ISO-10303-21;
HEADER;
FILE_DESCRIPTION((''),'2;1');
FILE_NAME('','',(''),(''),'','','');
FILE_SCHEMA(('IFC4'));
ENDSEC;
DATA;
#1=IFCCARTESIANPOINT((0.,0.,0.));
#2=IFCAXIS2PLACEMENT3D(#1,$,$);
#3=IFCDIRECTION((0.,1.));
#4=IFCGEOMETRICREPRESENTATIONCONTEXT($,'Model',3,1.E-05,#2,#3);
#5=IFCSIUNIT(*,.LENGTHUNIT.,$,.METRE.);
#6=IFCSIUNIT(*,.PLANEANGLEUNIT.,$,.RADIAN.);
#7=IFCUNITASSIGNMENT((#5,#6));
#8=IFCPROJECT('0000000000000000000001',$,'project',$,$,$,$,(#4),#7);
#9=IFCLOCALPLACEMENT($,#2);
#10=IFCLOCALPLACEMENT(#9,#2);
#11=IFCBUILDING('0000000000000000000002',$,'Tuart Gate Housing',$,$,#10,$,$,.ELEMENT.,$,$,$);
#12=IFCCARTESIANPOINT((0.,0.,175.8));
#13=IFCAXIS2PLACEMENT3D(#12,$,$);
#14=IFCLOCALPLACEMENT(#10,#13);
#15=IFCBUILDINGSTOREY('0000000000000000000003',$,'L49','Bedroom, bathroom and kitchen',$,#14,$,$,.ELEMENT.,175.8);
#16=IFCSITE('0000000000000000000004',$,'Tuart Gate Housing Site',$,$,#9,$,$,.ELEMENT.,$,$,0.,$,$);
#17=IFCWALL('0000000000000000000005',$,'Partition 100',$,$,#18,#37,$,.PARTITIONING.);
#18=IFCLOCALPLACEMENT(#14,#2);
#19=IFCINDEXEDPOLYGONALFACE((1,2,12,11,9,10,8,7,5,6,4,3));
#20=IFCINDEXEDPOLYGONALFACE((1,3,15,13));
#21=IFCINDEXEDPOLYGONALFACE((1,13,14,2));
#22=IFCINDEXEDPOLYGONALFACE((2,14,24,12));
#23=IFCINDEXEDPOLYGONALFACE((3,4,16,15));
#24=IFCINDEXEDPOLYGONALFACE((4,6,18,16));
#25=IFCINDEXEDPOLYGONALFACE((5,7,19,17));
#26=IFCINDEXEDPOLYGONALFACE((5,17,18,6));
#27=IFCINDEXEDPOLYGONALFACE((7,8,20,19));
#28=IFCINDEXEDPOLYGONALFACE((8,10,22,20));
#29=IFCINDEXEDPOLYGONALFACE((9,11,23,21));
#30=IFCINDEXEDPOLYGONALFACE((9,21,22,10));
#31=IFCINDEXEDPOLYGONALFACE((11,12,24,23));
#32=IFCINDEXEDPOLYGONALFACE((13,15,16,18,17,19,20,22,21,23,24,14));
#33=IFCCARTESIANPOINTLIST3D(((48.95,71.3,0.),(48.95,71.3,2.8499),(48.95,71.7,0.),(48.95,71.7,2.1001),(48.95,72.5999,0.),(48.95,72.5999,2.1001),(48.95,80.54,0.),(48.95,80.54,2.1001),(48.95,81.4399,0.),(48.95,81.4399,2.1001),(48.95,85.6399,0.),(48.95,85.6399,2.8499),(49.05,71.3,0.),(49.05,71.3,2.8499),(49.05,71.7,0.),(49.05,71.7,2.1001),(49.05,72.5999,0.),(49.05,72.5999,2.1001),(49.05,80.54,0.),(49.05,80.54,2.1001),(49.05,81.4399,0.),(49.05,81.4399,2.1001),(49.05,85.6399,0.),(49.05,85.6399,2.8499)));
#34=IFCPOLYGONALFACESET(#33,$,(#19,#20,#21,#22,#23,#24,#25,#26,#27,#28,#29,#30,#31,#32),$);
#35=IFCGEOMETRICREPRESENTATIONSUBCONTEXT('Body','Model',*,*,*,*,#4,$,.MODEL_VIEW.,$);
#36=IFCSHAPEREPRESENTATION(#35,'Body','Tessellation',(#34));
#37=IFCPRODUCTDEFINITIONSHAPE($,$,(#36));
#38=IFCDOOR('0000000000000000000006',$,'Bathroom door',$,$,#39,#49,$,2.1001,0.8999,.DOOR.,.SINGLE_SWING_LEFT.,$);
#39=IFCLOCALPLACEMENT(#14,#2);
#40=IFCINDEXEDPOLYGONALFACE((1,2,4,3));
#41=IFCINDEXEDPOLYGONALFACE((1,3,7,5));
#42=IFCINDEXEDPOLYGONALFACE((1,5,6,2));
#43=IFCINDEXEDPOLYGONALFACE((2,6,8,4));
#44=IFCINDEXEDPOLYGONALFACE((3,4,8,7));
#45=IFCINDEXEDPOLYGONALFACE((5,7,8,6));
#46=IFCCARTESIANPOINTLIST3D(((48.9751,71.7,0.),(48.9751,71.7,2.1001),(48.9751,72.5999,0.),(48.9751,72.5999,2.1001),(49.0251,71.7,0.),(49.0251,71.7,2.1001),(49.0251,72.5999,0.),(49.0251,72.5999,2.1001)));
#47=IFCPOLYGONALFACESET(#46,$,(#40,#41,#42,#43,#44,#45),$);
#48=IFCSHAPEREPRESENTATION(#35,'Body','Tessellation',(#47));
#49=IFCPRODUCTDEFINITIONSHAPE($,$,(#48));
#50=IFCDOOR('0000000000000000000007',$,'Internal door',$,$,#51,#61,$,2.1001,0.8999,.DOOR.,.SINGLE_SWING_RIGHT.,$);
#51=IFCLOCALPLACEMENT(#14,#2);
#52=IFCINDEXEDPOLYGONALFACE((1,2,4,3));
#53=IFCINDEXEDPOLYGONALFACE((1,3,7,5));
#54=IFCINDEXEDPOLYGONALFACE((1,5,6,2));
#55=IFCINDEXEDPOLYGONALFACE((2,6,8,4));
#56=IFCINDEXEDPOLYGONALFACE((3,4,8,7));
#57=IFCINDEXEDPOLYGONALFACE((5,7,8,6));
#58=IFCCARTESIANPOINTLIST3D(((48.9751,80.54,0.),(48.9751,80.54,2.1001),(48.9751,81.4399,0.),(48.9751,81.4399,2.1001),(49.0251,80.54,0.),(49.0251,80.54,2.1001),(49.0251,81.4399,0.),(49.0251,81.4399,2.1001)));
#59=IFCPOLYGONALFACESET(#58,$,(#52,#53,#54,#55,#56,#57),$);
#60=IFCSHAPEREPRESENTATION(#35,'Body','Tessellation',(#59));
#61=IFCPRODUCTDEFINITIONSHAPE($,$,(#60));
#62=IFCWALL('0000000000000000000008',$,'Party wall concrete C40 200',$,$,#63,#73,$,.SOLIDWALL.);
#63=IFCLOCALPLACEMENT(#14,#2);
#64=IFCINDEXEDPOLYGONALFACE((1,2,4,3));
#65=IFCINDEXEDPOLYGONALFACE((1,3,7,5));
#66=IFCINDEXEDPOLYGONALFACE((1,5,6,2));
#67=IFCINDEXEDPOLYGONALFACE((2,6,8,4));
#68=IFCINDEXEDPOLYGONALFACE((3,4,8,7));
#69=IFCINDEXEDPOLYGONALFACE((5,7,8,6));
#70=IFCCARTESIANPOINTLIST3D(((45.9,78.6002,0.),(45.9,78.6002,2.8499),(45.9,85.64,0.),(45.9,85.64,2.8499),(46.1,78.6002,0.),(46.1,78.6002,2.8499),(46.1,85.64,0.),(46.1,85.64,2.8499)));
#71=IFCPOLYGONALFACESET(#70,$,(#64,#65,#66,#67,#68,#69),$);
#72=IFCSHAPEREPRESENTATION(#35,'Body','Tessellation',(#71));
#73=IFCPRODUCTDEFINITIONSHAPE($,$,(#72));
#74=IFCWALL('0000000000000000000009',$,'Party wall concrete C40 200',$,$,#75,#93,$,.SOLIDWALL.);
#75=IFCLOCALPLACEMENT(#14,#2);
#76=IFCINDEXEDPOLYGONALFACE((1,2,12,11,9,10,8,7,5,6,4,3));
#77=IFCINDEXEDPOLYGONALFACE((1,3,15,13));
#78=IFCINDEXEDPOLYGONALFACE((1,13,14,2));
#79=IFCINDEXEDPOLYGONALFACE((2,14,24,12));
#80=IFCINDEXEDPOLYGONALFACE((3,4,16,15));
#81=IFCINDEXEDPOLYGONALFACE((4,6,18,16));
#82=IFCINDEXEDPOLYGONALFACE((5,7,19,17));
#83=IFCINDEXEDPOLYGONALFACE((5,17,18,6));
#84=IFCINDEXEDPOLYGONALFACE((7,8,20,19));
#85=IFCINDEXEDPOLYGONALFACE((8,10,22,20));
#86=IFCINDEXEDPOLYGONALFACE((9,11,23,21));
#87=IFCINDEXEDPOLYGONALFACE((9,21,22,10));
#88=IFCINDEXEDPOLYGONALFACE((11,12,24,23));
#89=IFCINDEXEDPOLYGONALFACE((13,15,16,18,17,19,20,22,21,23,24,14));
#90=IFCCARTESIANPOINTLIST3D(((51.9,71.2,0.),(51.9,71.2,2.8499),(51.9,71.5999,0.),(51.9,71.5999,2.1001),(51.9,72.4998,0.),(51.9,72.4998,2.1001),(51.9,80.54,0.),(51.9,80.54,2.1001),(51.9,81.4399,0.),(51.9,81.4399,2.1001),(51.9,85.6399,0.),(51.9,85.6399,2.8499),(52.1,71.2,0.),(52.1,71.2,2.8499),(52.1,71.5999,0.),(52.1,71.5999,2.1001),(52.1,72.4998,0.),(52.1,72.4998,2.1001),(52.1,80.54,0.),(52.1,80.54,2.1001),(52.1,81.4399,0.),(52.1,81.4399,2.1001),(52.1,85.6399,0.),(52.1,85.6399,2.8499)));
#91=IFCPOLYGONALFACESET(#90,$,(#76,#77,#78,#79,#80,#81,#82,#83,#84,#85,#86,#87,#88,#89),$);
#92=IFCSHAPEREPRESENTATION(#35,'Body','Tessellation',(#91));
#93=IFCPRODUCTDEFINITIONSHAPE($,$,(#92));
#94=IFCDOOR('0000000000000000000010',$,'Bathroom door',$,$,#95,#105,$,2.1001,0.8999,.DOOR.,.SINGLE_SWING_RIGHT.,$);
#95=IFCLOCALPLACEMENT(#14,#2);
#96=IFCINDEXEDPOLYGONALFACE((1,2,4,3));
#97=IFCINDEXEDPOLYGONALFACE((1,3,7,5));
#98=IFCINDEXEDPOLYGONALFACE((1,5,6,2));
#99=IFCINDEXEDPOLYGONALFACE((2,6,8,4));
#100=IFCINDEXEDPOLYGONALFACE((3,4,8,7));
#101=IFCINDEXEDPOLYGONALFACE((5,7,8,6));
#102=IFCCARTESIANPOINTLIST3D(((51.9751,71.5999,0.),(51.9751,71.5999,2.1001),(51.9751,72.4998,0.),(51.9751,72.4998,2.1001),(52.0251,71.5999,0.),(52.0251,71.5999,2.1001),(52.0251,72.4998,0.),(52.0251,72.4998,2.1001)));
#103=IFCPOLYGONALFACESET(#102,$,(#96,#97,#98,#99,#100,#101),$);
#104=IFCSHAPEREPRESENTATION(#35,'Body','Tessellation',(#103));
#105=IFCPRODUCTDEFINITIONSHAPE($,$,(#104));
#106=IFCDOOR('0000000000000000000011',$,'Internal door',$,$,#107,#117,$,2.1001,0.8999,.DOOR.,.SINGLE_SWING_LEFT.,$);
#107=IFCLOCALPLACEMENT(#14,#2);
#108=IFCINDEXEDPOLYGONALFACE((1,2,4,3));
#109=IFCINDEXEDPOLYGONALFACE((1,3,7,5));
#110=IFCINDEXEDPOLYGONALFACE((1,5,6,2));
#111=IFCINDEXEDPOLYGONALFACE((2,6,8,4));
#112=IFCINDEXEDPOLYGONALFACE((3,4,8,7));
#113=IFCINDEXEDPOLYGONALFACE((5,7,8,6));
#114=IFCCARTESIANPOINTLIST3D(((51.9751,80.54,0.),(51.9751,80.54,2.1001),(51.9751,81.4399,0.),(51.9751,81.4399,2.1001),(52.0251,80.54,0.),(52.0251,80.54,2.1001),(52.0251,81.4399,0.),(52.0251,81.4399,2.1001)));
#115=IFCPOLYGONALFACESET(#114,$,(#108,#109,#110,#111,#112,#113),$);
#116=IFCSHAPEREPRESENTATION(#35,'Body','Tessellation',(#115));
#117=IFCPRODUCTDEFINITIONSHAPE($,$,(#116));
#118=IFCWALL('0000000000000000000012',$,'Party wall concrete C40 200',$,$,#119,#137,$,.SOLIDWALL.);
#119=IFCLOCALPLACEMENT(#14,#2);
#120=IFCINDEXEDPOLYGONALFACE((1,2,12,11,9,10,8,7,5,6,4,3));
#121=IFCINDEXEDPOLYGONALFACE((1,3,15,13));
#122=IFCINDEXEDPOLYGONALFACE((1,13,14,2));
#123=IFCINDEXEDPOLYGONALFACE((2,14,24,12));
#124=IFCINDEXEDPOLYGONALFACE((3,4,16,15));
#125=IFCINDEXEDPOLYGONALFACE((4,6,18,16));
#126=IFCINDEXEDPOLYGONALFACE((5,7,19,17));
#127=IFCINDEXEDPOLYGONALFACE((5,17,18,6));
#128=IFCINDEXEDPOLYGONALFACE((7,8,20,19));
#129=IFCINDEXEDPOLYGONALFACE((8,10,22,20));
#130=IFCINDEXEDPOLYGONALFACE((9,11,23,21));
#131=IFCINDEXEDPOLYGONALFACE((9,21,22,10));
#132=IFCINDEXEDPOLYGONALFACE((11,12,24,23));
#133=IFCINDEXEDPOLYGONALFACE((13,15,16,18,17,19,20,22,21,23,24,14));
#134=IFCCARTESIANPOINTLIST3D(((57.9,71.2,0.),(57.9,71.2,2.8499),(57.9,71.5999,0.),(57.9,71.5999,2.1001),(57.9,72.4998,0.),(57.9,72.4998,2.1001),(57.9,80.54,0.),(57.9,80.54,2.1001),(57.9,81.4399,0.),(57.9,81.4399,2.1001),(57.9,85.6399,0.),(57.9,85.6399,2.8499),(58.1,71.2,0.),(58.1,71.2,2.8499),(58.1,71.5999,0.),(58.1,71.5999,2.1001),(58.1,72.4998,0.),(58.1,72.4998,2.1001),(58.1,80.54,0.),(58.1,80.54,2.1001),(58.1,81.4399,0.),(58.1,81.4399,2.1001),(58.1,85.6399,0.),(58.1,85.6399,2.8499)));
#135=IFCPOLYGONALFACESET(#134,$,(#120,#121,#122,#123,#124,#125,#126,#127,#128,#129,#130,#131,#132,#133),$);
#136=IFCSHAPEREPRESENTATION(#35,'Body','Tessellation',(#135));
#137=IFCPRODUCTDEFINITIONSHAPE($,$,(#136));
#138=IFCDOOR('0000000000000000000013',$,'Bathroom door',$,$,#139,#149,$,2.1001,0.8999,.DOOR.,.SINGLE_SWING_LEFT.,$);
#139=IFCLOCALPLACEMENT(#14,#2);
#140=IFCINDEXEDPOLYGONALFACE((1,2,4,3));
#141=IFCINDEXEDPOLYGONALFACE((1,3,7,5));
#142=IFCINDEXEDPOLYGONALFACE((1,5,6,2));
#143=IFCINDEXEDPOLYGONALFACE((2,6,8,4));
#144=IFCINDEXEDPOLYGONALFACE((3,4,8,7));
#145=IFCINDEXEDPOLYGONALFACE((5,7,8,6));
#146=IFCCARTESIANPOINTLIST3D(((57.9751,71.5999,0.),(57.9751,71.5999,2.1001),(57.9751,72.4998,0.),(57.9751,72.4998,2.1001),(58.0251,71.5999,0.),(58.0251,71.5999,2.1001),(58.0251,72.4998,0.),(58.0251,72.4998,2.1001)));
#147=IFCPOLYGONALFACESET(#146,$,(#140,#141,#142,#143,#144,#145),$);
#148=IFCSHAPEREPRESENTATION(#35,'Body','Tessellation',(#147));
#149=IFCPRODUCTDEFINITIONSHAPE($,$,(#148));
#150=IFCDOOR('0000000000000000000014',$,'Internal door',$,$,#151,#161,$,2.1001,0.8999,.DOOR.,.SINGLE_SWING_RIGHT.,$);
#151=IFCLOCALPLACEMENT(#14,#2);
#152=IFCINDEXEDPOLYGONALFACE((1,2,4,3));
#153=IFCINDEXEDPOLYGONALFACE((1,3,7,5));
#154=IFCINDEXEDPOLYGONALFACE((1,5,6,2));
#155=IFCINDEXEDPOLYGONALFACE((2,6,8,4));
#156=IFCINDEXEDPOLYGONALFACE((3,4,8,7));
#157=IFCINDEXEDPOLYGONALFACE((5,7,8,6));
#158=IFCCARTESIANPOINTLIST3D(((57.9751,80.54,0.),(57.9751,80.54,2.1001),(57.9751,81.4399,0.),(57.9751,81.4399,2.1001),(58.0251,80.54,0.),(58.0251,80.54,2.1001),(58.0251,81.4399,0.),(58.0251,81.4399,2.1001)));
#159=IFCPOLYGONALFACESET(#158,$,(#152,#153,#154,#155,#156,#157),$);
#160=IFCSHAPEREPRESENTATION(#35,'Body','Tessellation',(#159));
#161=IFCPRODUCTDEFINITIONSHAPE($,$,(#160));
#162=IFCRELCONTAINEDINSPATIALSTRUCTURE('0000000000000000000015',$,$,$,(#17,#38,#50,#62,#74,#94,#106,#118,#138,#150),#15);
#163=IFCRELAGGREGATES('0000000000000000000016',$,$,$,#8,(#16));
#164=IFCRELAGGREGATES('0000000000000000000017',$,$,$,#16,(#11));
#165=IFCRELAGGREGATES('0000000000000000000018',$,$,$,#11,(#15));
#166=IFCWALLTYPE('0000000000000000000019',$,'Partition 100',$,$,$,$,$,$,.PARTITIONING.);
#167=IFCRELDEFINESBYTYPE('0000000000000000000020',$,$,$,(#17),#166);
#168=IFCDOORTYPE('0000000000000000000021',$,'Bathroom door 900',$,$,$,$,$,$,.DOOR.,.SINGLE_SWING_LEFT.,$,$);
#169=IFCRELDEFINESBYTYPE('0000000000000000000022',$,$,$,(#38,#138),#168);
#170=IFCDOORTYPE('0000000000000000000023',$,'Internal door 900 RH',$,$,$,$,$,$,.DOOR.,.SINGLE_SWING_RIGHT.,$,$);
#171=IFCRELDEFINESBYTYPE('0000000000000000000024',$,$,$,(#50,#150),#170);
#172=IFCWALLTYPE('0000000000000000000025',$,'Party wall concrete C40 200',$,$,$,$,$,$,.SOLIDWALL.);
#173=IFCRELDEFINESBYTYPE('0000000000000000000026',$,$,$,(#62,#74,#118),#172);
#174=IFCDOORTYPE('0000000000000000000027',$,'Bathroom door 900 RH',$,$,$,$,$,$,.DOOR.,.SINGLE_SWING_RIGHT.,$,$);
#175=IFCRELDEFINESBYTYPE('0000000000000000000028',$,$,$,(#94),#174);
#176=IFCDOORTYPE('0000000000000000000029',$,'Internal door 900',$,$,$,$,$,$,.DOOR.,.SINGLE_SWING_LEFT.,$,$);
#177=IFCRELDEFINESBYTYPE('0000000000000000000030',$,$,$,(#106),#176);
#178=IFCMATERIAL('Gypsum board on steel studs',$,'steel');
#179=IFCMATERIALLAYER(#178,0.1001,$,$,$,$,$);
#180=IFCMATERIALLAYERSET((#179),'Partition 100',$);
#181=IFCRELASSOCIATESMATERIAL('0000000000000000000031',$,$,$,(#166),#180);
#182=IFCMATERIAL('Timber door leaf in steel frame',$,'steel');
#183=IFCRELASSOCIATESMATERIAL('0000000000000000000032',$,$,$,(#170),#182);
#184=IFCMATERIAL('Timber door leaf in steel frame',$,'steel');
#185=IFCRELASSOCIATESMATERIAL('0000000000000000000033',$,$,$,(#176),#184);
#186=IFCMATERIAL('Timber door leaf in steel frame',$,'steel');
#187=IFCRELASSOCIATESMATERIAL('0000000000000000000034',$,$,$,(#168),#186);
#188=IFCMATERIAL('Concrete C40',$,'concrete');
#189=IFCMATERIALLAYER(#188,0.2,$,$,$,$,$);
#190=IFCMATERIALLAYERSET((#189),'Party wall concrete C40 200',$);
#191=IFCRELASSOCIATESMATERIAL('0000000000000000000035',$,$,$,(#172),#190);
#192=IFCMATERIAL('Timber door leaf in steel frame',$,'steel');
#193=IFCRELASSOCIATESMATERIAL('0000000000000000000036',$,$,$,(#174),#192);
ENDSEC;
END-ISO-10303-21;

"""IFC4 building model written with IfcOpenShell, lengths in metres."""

from ifc_helpers import new_model, si_unit, direction, frame, frame_2d, origin, place, context, subcontext, project, spatial, rectangle, extrude, material, layer, layer_set, type_object, element, fill, save


model = new_model("IFC4")

# Units and contexts
model_context = context("Model", 3, precision=1e-05, world=origin(), true_north=direction((0.0, 1.0)))
body_context = subcontext(model_context, "Body", "Model", "MODEL_VIEW")
ifc_project = project(units=[si_unit("LENGTHUNIT", "METRE"), si_unit("PLANEANGLEUNIT", "RADIAN")], contexts=[model_context])

# Site, building, storey
site_placement = place(None, origin())
site = spatial("IfcSite", under=ifc_project, at=site_placement, Name="Tuart Gate Housing Site", CompositionType="ELEMENT", RefElevation=0.0)
building_placement = place(site_placement, origin())
building = spatial("IfcBuilding", under=site, at=building_placement, Name="Tuart Gate Housing", CompositionType="ELEMENT")
storey_placement = place(building_placement, frame((0.0, 0.0, 175.8)))
storey = spatial("IfcBuildingStorey", under=building, at=storey_placement, Name="L49", Description="Bedroom, bathroom and kitchen", CompositionType="ELEMENT", Elevation=175.8)

# Shared definitions
ifc_material_1 = material(Name="Gypsum board on steel studs", Category="steel")
ifc_layer_1 = layer(ifc_material_1, 0.1001)
ifc_layer_set_1 = layer_set([ifc_layer_1], Name="Partition 100")
wall_type_1 = type_object("IfcWallType", Name="Partition 100", PredefinedType="PARTITIONING", material=ifc_layer_set_1)

# Shared definitions
ifc_material_2 = material(Name="Timber door leaf in steel frame", Category="steel")
door_type_1 = type_object("IfcDoorType", Name="Internal door 900 RH", OperationType="SINGLE_SWING_RIGHT", PredefinedType="DOOR", material=ifc_material_2)
ifc_material_3 = material(Name="Timber door leaf in steel frame", Category="steel")
door_type_2 = type_object("IfcDoorType", Name="Internal door 900", OperationType="SINGLE_SWING_LEFT", PredefinedType="DOOR", material=ifc_material_3)

# Wall, openings, doors
wall_1_placement = place(storey_placement, frame((49.0, 71.3, 0.0), z_axis=(0.0, 0.0, 1.0), x_axis=(0.0, 1.0, 0.0)))
wall_1 = element("IfcWall", 1, at=wall_1_placement, inside=storey, type_object=wall_type_1, Name="Partition 100", PredefinedType="PARTITIONING", context=body_context, shape_type="SweptSolid", body=[
    extrude(rectangle(XDim=14.3398, YDim=0.1001, at=frame_2d((7.1699, 0.0))), origin(), (0.0, 0.0, 1.0), 2.8499),
])
opening_1_placement = place(wall_1_placement, frame((9.24, 0.0, 0.0)))
opening_1 = element("IfcOpeningElement", 2, at=opening_1_placement, cuts=wall_1, PredefinedType="OPENING", context=body_context, shape_type="SweptSolid", body=[
    extrude(rectangle(XDim=0.8999, YDim=2.1001, at=frame_2d((0.45, 1.05))), frame((0.0, 0.0601, 0.0), z_axis=(0.0, -1.0, 0.0), x_axis=(1.0, 0.0, 0.0)), (0.0, 0.0, 1.0), 0.1201),
])
opening_2_placement = place(wall_1_placement, frame((0.3999, 0.0, 0.0)))
opening_2 = element("IfcOpeningElement", 3, at=opening_2_placement, cuts=wall_1, PredefinedType="OPENING", context=body_context, shape_type="SweptSolid", body=[
    extrude(rectangle(XDim=0.8999, YDim=2.1001, at=frame_2d((0.45, 1.05))), frame((0.0, 0.0601, 0.0), z_axis=(0.0, -1.0, 0.0), x_axis=(1.0, 0.0, 0.0)), (0.0, 0.0, 1.0), 0.1201),
])
ifc_material_4 = material(Name="Timber door leaf in steel frame", Category="steel")
door_type_3 = type_object("IfcDoorType", Name="Bathroom door 900", OperationType="SINGLE_SWING_LEFT", PredefinedType="DOOR", material=ifc_material_4)
door_1_placement = place(opening_2_placement, origin())
door_1 = element("IfcDoor", 4, at=door_1_placement, inside=storey, type_object=door_type_3, Name="Bathroom door", OperationType="SINGLE_SWING_LEFT", OverallHeight=2.1001, OverallWidth=0.8999, PredefinedType="DOOR", context=body_context, shape_type="SweptSolid", body=[
    extrude(rectangle(XDim=0.8999, YDim=2.1001, at=frame_2d((0.45, 1.05))), frame((0.0, 0.0249, 0.0), z_axis=(0.0, -1.0, 0.0), x_axis=(1.0, 0.0, 0.0)), (0.0, 0.0, 1.0), 0.05),
])
fill(opening_2, door_1)
door_2_placement = place(opening_1_placement, origin())
door_2 = element("IfcDoor", 5, at=door_2_placement, inside=storey, type_object=door_type_1, Name="Internal door", OperationType="SINGLE_SWING_RIGHT", OverallHeight=2.1001, OverallWidth=0.8999, PredefinedType="DOOR", context=body_context, shape_type="SweptSolid", body=[
    extrude(rectangle(XDim=0.8999, YDim=2.1001, at=frame_2d((0.45, 1.05))), frame((0.0, 0.0249, 0.0), z_axis=(0.0, -1.0, 0.0), x_axis=(1.0, 0.0, 0.0)), (0.0, 0.0, 1.0), 0.05),
])
fill(opening_1, door_2)

# Wall
ifc_material_5 = material(Name="Concrete C40", Category="concrete")
ifc_layer_2 = layer(ifc_material_5, 0.2)
ifc_layer_set_2 = layer_set([ifc_layer_2], Name="Party wall concrete C40 200")
wall_type_2 = type_object("IfcWallType", Name="Party wall concrete C40 200", PredefinedType="SOLIDWALL", material=ifc_layer_set_2)
wall_2_placement = place(storey_placement, frame((46.0, 78.6001, 0.0), z_axis=(0.0, 0.0, 1.0), x_axis=(0.0, 1.0, 0.0)))
element("IfcWall", 6, at=wall_2_placement, inside=storey, type_object=wall_type_2, Name="Party wall concrete C40 200", PredefinedType="SOLIDWALL", context=body_context, shape_type="SweptSolid", body=[
    extrude(rectangle(XDim=7.0398, YDim=0.2, at=frame_2d((3.52, 0.0))), origin(), (0.0, 0.0, 1.0), 2.8499),
])

# Walls, openings, doors
wall_3_placement = place(storey_placement, frame((52.0, 71.2, 0.0), z_axis=(0.0, 0.0, 1.0), x_axis=(0.0, 1.0, 0.0)))
wall_3 = element("IfcWall", 7, at=wall_3_placement, inside=storey, type_object=wall_type_2, Name="Party wall concrete C40 200", PredefinedType="SOLIDWALL", context=body_context, shape_type="SweptSolid", body=[
    extrude(rectangle(XDim=14.4399, YDim=0.2, at=frame_2d((7.22, 0.0))), origin(), (0.0, 0.0, 1.0), 2.8499),
])
opening_3_placement = place(wall_3_placement, frame((9.3401, 0.0, 0.0)))
opening_3 = element("IfcOpeningElement", 8, at=opening_3_placement, cuts=wall_3, PredefinedType="OPENING", context=body_context, shape_type="SweptSolid", body=[
    extrude(rectangle(XDim=0.8999, YDim=2.1001, at=frame_2d((0.45, 1.05))), frame((0.0, 0.1099, 0.0), z_axis=(0.0, -1.0, 0.0), x_axis=(1.0, 0.0, 0.0)), (0.0, 0.0, 1.0), 0.22),
])
opening_4_placement = place(wall_3_placement, frame((0.3999, 0.0, 0.0)))
opening_4 = element("IfcOpeningElement", 9, at=opening_4_placement, cuts=wall_3, PredefinedType="OPENING", context=body_context, shape_type="SweptSolid", body=[
    extrude(rectangle(XDim=0.8999, YDim=2.1001, at=frame_2d((0.45, 1.05))), frame((0.0, 0.1099, 0.0), z_axis=(0.0, -1.0, 0.0), x_axis=(1.0, 0.0, 0.0)), (0.0, 0.0, 1.0), 0.22),
])
ifc_material_6 = material(Name="Timber door leaf in steel frame", Category="steel")
door_type_4 = type_object("IfcDoorType", Name="Bathroom door 900 RH", OperationType="SINGLE_SWING_RIGHT", PredefinedType="DOOR", material=ifc_material_6)
door_3_placement = place(opening_4_placement, frame((0.8999, 0.0, 0.0), z_axis=(0.0, 0.0, 1.0), x_axis=(-1.0, 0.0, 0.0)))
door_3 = element("IfcDoor", 10, at=door_3_placement, inside=storey, type_object=door_type_4, Name="Bathroom door", OperationType="SINGLE_SWING_RIGHT", OverallHeight=2.1001, OverallWidth=0.8999, PredefinedType="DOOR", context=body_context, shape_type="SweptSolid", body=[
    extrude(rectangle(XDim=0.8999, YDim=2.1001, at=frame_2d((0.45, 1.05))), frame((0.0, 0.0251, 0.0), z_axis=(0.0, -1.0, 0.0), x_axis=(1.0, 0.0, 0.0)), (0.0, 0.0, 1.0), 0.05),
])
fill(opening_4, door_3)
door_4_placement = place(opening_3_placement, frame((0.8999, 0.0, 0.0), z_axis=(0.0, 0.0, 1.0), x_axis=(-1.0, 0.0, 0.0)))
door_4 = element("IfcDoor", 11, at=door_4_placement, inside=storey, type_object=door_type_2, Name="Internal door", OperationType="SINGLE_SWING_LEFT", OverallHeight=2.1001, OverallWidth=0.8999, PredefinedType="DOOR", context=body_context, shape_type="SweptSolid", body=[
    extrude(rectangle(XDim=0.8999, YDim=2.1001, at=frame_2d((0.45, 1.05))), frame((0.0, 0.0251, 0.0), z_axis=(0.0, -1.0, 0.0), x_axis=(1.0, 0.0, 0.0)), (0.0, 0.0, 1.0), 0.05),
])
fill(opening_3, door_4)
wall_4_placement = place(storey_placement, frame((58.0, 71.2, 0.0), z_axis=(0.0, 0.0, 1.0), x_axis=(0.0, 1.0, 0.0)))
wall_4 = element("IfcWall", 12, at=wall_4_placement, inside=storey, type_object=wall_type_2, Name="Party wall concrete C40 200", PredefinedType="SOLIDWALL", context=body_context, shape_type="SweptSolid", body=[
    extrude(rectangle(XDim=14.4399, YDim=0.2, at=frame_2d((7.22, 0.0))), origin(), (0.0, 0.0, 1.0), 2.8499),
])
opening_5_placement = place(wall_4_placement, frame((9.3401, 0.0, 0.0)))
opening_5 = element("IfcOpeningElement", 13, at=opening_5_placement, cuts=wall_4, PredefinedType="OPENING", context=body_context, shape_type="SweptSolid", body=[
    extrude(rectangle(XDim=0.8999, YDim=2.1001, at=frame_2d((0.45, 1.05))), frame((0.0, 0.1099, 0.0), z_axis=(0.0, -1.0, 0.0), x_axis=(1.0, 0.0, 0.0)), (0.0, 0.0, 1.0), 0.22),
])
opening_6_placement = place(wall_4_placement, frame((0.3999, 0.0, 0.0)))
opening_6 = element("IfcOpeningElement", 14, at=opening_6_placement, cuts=wall_4, PredefinedType="OPENING", context=body_context, shape_type="SweptSolid", body=[
    extrude(rectangle(XDim=0.8999, YDim=2.1001, at=frame_2d((0.45, 1.05))), frame((0.0, 0.1099, 0.0), z_axis=(0.0, -1.0, 0.0), x_axis=(1.0, 0.0, 0.0)), (0.0, 0.0, 1.0), 0.22),
])
door_5_placement = place(opening_6_placement, origin())
door_5 = element("IfcDoor", 15, at=door_5_placement, inside=storey, type_object=door_type_3, Name="Bathroom door", OperationType="SINGLE_SWING_LEFT", OverallHeight=2.1001, OverallWidth=0.8999, PredefinedType="DOOR", context=body_context, shape_type="SweptSolid", body=[
    extrude(rectangle(XDim=0.8999, YDim=2.1001, at=frame_2d((0.45, 1.05))), frame((0.0, 0.0249, 0.0), z_axis=(0.0, -1.0, 0.0), x_axis=(1.0, 0.0, 0.0)), (0.0, 0.0, 1.0), 0.05),
])
fill(opening_6, door_5)
door_6_placement = place(opening_5_placement, origin())
door_6 = element("IfcDoor", 16, at=door_6_placement, inside=storey, type_object=door_type_1, Name="Internal door", OperationType="SINGLE_SWING_RIGHT", OverallHeight=2.1001, OverallWidth=0.8999, PredefinedType="DOOR", context=body_context, shape_type="SweptSolid", body=[
    extrude(rectangle(XDim=0.8999, YDim=2.1001, at=frame_2d((0.45, 1.05))), frame((0.0, 0.0249, 0.0), z_axis=(0.0, -1.0, 0.0), x_axis=(1.0, 0.0, 0.0)), (0.0, 0.0, 1.0), 0.05),
])
fill(opening_5, door_6)

save(model, "model.ifc")
